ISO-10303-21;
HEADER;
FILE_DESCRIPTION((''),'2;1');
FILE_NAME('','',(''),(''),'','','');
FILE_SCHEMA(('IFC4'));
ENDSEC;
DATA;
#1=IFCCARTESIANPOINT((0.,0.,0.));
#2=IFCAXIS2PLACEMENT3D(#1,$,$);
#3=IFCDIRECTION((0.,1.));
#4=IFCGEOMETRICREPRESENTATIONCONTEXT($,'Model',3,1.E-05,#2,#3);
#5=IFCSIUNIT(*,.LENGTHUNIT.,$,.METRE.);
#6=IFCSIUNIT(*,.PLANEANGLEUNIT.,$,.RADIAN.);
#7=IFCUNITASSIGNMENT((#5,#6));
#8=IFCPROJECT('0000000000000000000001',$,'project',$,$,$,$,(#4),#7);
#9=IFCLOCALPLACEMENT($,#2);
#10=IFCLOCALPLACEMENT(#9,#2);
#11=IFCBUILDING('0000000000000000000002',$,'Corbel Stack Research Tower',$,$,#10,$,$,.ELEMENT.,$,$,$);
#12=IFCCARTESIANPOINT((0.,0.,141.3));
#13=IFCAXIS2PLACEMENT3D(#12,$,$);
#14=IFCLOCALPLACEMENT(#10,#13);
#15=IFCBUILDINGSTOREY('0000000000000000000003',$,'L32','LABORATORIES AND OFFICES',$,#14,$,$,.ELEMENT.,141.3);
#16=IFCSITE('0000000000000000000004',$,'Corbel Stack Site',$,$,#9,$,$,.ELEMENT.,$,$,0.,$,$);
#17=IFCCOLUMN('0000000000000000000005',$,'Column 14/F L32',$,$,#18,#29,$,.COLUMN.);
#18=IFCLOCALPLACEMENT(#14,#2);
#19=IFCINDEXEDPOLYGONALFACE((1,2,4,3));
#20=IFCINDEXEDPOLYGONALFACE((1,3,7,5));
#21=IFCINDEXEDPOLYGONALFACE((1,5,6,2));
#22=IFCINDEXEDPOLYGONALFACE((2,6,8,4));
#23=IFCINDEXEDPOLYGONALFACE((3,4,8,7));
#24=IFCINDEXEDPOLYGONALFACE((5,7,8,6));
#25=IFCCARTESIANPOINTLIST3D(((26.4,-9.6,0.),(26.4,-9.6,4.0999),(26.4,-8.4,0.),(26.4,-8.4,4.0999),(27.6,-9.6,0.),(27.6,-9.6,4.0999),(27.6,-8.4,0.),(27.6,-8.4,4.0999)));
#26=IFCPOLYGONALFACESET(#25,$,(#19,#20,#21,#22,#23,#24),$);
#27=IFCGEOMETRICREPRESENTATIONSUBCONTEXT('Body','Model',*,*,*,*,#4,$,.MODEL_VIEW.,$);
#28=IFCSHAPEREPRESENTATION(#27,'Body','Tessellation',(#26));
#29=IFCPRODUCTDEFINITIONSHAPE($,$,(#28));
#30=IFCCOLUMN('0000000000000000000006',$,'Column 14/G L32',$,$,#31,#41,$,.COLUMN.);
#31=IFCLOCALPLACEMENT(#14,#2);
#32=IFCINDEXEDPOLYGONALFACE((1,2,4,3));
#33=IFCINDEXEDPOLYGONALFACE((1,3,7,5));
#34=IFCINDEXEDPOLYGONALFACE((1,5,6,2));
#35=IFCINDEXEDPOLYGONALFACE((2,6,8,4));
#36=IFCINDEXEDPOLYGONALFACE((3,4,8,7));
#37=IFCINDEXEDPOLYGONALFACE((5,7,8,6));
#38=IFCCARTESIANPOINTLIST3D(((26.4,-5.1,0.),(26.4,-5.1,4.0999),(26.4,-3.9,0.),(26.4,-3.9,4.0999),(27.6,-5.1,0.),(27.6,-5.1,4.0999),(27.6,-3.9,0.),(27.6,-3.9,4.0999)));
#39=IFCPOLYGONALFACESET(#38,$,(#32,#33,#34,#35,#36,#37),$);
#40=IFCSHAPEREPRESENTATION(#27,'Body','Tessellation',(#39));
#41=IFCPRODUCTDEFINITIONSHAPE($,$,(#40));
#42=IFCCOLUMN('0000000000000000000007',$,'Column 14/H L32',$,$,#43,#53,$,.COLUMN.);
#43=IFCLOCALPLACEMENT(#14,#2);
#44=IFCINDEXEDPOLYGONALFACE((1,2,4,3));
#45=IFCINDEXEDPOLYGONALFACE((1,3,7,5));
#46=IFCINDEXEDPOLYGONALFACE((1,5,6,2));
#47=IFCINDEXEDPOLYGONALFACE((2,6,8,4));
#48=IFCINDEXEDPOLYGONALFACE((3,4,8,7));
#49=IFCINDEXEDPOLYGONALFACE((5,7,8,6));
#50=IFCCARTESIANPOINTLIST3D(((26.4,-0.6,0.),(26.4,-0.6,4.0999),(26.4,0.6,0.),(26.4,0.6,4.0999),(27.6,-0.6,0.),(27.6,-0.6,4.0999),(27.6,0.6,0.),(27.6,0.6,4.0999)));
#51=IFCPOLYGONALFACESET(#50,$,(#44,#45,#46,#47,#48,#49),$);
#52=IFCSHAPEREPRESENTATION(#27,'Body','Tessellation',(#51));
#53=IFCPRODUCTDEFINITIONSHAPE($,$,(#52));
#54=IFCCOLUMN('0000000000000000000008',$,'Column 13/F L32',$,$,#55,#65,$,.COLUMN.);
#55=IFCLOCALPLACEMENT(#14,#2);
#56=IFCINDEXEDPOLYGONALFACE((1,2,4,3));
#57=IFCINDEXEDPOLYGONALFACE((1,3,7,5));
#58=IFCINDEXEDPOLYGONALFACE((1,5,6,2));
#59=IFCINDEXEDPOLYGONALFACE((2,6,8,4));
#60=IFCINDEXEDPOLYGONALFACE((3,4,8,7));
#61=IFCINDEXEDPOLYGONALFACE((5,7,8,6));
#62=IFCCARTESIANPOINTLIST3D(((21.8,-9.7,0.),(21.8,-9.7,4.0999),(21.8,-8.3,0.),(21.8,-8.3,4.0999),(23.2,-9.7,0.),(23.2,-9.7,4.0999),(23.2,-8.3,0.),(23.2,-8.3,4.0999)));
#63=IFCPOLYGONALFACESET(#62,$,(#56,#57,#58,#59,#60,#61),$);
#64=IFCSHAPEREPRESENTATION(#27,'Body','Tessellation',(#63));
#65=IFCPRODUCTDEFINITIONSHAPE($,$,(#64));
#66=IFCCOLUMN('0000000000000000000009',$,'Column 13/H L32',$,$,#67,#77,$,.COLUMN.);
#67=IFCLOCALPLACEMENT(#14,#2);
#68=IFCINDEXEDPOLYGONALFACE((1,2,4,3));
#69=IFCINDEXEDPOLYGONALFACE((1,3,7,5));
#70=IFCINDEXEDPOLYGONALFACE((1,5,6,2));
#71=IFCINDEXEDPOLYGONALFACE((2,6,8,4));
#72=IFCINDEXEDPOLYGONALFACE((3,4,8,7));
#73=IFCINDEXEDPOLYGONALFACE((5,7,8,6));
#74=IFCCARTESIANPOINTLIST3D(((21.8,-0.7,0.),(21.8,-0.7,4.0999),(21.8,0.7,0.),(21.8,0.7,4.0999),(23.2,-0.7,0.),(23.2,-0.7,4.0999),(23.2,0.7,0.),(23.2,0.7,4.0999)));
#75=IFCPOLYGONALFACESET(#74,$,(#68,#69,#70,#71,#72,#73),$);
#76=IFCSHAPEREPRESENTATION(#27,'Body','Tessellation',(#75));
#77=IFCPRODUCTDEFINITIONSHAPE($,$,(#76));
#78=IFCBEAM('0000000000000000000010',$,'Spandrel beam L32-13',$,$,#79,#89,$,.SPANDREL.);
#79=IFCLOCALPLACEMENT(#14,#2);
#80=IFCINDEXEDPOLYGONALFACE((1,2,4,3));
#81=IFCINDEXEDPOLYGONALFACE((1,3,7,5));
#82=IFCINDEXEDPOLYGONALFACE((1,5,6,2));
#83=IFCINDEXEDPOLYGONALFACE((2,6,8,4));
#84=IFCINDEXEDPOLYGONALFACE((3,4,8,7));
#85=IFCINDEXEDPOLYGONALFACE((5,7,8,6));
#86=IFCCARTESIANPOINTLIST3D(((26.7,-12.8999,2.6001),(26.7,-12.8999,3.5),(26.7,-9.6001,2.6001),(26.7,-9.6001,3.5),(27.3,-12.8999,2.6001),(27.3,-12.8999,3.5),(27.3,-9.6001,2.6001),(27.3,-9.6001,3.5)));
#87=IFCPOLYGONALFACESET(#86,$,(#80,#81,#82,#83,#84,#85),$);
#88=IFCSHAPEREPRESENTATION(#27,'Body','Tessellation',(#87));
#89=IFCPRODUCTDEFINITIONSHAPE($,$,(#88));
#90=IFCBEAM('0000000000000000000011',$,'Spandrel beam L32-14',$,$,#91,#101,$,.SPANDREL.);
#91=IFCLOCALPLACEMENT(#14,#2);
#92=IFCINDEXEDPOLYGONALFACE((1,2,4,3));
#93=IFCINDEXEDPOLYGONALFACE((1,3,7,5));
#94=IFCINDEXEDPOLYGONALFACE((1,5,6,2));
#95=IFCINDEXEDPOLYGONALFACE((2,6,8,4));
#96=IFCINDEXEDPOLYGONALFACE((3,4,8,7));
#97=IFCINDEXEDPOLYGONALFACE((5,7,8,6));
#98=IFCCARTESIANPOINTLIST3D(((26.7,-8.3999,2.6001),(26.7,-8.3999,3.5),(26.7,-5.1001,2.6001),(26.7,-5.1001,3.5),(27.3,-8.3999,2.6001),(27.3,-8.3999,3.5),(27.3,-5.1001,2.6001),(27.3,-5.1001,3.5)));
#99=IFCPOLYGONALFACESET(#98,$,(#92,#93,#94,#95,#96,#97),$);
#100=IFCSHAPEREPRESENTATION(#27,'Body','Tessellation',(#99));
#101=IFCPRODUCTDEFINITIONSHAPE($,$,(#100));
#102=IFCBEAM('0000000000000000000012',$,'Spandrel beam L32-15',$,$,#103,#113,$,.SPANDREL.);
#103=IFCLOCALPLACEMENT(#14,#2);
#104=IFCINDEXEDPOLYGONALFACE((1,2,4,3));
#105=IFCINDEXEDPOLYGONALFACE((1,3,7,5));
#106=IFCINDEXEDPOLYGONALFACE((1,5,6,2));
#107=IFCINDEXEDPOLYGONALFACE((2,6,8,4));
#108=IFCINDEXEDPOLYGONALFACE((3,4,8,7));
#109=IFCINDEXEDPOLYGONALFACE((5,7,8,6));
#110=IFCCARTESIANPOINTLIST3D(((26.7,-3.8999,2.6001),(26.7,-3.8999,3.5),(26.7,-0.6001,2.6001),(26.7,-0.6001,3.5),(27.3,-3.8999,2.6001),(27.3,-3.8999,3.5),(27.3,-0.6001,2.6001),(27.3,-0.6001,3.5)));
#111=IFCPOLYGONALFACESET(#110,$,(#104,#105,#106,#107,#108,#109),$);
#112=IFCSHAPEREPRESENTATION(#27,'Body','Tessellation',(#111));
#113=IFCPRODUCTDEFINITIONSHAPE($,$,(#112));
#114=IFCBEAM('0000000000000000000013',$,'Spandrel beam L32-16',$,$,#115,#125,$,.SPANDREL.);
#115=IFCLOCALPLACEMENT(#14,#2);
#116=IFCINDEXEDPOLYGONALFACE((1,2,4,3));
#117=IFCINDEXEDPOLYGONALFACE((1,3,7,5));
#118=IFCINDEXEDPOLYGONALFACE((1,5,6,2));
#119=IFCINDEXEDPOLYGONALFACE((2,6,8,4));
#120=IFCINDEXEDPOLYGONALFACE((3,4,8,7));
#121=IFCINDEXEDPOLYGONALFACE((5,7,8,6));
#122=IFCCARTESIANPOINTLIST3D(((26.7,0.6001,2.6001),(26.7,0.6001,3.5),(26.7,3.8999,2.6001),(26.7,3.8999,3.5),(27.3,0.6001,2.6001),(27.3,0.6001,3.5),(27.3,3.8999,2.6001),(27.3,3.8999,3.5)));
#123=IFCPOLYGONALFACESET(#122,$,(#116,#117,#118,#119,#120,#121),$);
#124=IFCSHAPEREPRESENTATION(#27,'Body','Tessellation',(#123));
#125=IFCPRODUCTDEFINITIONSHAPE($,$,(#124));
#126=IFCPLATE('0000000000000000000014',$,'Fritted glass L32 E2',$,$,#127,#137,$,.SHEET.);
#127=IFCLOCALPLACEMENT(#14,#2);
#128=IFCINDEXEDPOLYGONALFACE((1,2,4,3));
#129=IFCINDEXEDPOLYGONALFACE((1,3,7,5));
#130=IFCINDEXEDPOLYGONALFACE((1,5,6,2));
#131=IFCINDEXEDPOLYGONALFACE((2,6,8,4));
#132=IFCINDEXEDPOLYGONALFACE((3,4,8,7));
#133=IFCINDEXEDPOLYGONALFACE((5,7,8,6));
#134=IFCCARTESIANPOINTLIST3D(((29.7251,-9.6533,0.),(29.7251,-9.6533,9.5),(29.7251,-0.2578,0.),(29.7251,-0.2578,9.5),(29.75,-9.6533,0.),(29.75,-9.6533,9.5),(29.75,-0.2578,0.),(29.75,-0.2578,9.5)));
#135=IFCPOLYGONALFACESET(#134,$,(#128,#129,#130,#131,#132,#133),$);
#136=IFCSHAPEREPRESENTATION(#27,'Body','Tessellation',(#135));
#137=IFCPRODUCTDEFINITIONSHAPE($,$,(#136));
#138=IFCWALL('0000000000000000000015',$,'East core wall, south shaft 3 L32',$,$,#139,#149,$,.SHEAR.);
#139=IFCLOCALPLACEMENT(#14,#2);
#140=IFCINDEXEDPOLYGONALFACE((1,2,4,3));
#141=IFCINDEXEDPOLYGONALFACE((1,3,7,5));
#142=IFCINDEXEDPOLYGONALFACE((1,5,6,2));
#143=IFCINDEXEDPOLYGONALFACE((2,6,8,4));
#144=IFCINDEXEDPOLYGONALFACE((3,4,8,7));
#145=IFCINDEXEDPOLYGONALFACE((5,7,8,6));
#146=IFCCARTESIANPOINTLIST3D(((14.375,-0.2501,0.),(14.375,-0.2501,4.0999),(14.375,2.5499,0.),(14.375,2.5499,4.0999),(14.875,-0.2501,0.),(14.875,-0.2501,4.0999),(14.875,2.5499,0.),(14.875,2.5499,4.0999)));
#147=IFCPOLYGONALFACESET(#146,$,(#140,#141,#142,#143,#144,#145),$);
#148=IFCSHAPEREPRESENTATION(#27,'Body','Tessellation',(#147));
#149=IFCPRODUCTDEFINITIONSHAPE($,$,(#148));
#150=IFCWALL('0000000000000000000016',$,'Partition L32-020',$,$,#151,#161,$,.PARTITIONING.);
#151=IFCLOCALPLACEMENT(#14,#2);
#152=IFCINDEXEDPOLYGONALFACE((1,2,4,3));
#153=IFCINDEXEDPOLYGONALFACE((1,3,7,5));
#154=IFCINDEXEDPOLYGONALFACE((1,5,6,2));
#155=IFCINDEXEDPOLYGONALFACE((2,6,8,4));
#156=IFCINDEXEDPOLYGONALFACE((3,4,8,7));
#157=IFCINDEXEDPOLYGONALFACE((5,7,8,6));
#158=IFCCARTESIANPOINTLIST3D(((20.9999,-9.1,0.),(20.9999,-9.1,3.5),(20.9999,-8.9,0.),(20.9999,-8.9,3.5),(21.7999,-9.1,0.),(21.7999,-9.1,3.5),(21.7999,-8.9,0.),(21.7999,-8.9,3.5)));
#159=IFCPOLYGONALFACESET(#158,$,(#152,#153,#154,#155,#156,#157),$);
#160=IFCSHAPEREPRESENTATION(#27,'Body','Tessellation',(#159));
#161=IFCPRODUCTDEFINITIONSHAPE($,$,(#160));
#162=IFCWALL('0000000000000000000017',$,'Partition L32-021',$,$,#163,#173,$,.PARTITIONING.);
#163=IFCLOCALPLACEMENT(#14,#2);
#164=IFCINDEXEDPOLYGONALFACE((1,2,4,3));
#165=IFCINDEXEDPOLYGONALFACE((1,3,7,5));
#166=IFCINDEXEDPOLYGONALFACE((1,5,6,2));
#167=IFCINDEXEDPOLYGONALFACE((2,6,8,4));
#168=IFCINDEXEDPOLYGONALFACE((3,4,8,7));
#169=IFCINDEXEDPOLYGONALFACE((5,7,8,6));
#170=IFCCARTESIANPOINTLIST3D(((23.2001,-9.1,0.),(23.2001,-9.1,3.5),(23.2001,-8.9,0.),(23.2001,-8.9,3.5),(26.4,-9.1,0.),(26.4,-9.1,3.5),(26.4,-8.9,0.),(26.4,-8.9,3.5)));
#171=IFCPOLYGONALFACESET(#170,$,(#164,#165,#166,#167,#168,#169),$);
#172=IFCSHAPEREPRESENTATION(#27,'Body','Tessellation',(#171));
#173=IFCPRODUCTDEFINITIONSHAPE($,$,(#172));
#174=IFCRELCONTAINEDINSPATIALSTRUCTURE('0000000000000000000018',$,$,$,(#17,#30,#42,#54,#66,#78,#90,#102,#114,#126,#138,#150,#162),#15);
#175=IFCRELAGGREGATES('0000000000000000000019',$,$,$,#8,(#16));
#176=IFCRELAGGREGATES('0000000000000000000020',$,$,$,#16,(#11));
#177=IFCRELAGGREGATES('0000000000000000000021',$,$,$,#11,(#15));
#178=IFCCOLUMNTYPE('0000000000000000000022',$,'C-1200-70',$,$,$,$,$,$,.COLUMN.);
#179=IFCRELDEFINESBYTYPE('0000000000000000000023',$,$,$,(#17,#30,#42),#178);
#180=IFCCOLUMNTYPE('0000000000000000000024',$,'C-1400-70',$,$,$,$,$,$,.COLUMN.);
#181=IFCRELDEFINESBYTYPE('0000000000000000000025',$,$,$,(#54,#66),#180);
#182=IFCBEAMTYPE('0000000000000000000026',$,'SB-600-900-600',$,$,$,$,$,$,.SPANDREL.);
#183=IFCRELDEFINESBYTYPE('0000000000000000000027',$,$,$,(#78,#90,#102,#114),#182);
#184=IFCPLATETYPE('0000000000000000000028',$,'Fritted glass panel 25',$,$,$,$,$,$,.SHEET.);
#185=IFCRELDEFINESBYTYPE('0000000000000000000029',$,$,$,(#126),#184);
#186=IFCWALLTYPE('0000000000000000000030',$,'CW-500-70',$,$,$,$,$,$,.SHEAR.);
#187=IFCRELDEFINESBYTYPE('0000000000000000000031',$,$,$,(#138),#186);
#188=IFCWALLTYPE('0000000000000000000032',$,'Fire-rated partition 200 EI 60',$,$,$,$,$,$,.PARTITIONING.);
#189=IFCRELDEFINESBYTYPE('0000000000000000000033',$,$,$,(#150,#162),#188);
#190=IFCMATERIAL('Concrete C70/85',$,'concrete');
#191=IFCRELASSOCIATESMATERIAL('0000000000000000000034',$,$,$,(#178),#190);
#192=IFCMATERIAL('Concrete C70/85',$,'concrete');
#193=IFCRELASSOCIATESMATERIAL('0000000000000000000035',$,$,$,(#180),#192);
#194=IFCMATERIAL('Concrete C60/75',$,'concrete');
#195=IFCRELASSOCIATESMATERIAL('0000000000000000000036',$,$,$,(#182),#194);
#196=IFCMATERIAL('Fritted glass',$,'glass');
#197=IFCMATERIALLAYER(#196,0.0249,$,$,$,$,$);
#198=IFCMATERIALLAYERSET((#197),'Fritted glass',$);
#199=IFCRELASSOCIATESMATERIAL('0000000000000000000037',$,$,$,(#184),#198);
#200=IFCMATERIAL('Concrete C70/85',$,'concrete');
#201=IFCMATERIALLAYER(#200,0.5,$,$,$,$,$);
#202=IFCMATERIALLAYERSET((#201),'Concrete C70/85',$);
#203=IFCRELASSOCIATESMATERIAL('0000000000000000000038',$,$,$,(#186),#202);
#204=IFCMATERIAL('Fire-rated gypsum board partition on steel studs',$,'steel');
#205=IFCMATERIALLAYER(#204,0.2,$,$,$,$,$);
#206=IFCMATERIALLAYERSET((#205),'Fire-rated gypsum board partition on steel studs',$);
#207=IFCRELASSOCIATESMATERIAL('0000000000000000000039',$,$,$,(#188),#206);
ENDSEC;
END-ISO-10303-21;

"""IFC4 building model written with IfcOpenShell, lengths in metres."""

from ifc_helpers import new_model, si_unit, direction, frame, frame_2d, origin, origin_2d, place, context, subcontext, project, spatial, rectangle, extrude, material, layer, layer_set, material_profile, profile_set, type_object, element, save


model = new_model("IFC4")

# Units and contexts
model_context = context("Model", 3, precision=1e-05, world=origin(), true_north=direction((0.0, 1.0)))
body_context = subcontext(model_context, "Body", "Model", "MODEL_VIEW")
ifc_project = project(units=[si_unit("LENGTHUNIT", "METRE"), si_unit("PLANEANGLEUNIT", "RADIAN")], contexts=[model_context])

# Site, building, storey
site_placement = place(None, origin())
site = spatial("IfcSite", under=ifc_project, at=site_placement, Name="Corbel Stack Site", CompositionType="ELEMENT", RefElevation=0.0)
building_placement = place(site_placement, origin())
building = spatial("IfcBuilding", under=site, at=building_placement, Name="Corbel Stack Research Tower", CompositionType="ELEMENT")
storey_placement = place(building_placement, frame((0.0, 0.0, 141.3)))
storey = spatial("IfcBuildingStorey", under=building, at=storey_placement, Name="L32", Description="LABORATORIES AND OFFICES", CompositionType="ELEMENT", Elevation=141.3)

# Columns
ifc_material_1 = material(Name="Concrete C70/85", Category="concrete")
ifc_material_profile_1 = material_profile(ifc_material_1, rectangle(XDim=1.2, YDim=1.2, at=origin_2d()), Name="RC 1200 x 1200")
ifc_profile_set_1 = profile_set([ifc_material_profile_1], Name="Concrete C70/85")
column_type_1 = type_object("IfcColumnType", Name="C-1200-70", PredefinedType="COLUMN", material=ifc_profile_set_1)
for number, where, z_axis, x_axis, name in (
    (1, (27.0, -9.0, 0.0), (0.0, 0.0, 1.0), (1.0, 0.0, 0.0), "Column 14/F L32"),
    (2, (27.0, -4.5, 0.0), (0.0, 0.0, 1.0), (1.0, 0.0, 0.0), "Column 14/G L32"),
    (3, (27.0, 0.0, 0.0), (0.0, 0.0, 1.0), (1.0, 0.0, 0.0), "Column 14/H L32"),
):
    element("IfcColumn", number, at=place(storey_placement, frame(where, z_axis=z_axis, x_axis=x_axis)), inside=storey, type_object=column_type_1, Name=name, PredefinedType="COLUMN", context=body_context, shape_type="SweptSolid", body=[
        extrude(rectangle(XDim=1.2, YDim=1.2, at=origin_2d()), origin(), (0.0, 0.0, 1.0), 4.0999),
    ])
ifc_material_2 = material(Name="Concrete C70/85", Category="concrete")
ifc_material_profile_2 = material_profile(ifc_material_2, rectangle(XDim=1.3999, YDim=1.3999, at=origin_2d()), Name="RC 1400 x 1400")
ifc_profile_set_2 = profile_set([ifc_material_profile_2], Name="Concrete C70/85")
column_type_2 = type_object("IfcColumnType", Name="C-1400-70", PredefinedType="COLUMN", material=ifc_profile_set_2)
for number, where, z_axis, x_axis, name in (
    (4, (22.5, -9.0, 0.0), (0.0, 0.0, 1.0), (1.0, 0.0, 0.0), "Column 13/F L32"),
    (5, (22.5, 0.0, 0.0), (0.0, 0.0, 1.0), (1.0, 0.0, 0.0), "Column 13/H L32"),
):
    element("IfcColumn", number, at=place(storey_placement, frame(where, z_axis=z_axis, x_axis=x_axis)), inside=storey, type_object=column_type_2, Name=name, PredefinedType="COLUMN", context=body_context, shape_type="SweptSolid", body=[
        extrude(rectangle(XDim=1.3999, YDim=1.3999, at=origin_2d()), origin(), (0.0, 0.0, 1.0), 4.0999),
    ])

# Beams
ifc_material_3 = material(Name="Concrete C60/75", Category="concrete")
ifc_material_profile_3 = material_profile(ifc_material_3, rectangle(XDim=0.6001, YDim=0.8999, at=origin_2d()), Name="RC 600 x 900")
ifc_profile_set_3 = profile_set([ifc_material_profile_3], Name="Concrete C60/75")
beam_type = type_object("IfcBeamType", Name="SB-600-900-600", PredefinedType="SPANDREL", material=ifc_profile_set_3)
for number, where, z_axis, x_axis, name in (
    (6, (27.0, -12.8999, 3.05), (0.0, 1.0, 0.0), (-1.0, 0.0, 0.0), "Spandrel beam L32-13"),
    (7, (27.0, -8.3999, 3.05), (0.0, 1.0, 0.0), (-1.0, 0.0, 0.0), "Spandrel beam L32-14"),
    (8, (27.0, -3.8999, 3.05), (0.0, 1.0, 0.0), (-1.0, 0.0, 0.0), "Spandrel beam L32-15"),
    (9, (27.0, 0.6001, 3.05), (0.0, 1.0, 0.0), (-1.0, 0.0, 0.0), "Spandrel beam L32-16"),
):
    element("IfcBeam", number, at=place(storey_placement, frame(where, z_axis=z_axis, x_axis=x_axis)), inside=storey, type_object=beam_type, Name=name, PredefinedType="SPANDREL", context=body_context, shape_type="SweptSolid", body=[
        extrude(rectangle(XDim=0.6001, YDim=0.8999, at=origin_2d()), origin(), (0.0, 0.0, 1.0), 3.2998),
    ])

# Plate
ifc_material_4 = material(Name="Fritted glass", Category="glass")
ifc_layer_1 = layer(ifc_material_4, 0.0249)
ifc_layer_set_1 = layer_set([ifc_layer_1], Name="Fritted glass")
plate_type = type_object("IfcPlateType", Name="Fritted glass panel 25", PredefinedType="SHEET", material=ifc_layer_set_1)
plate_placement = place(storey_placement, frame((29.7375, -4.9556, 0.0), z_axis=(0.0, 0.0, 1.0), x_axis=(0.0, 1.0, 0.0)))
element("IfcPlate", 10, at=plate_placement, inside=storey, type_object=plate_type, Name="Fritted glass L32 E2", PredefinedType="SHEET", context=body_context, shape_type="SweptSolid", body=[
    extrude(rectangle(XDim=9.3955, YDim=0.0249, at=origin_2d()), origin(), (0.0, 0.0, 1.0), 9.5),
])

# Wall
ifc_material_5 = material(Name="Concrete C70/85", Category="concrete")
ifc_layer_2 = layer(ifc_material_5, 0.5)
ifc_layer_set_2 = layer_set([ifc_layer_2], Name="Concrete C70/85")
wall_type_1 = type_object("IfcWallType", Name="CW-500-70", PredefinedType="SHEAR", material=ifc_layer_set_2)
wall_1_placement = place(storey_placement, frame((14.625, -0.25, 0.0), z_axis=(0.0, 0.0, 1.0), x_axis=(0.0, 1.0, 0.0)))
element("IfcWall", 11, at=wall_1_placement, inside=storey, type_object=wall_type_1, Name="East core wall, south shaft 3 L32", PredefinedType="SHEAR", context=body_context, shape_type="SweptSolid", body=[
    extrude(rectangle(XDim=2.8, YDim=0.5, at=frame_2d((1.3999, 0.0))), origin(), (0.0, 0.0, 1.0), 4.0999),
])

# Walls
ifc_material_6 = material(Name="Fire-rated gypsum board partition on steel studs", Category="steel")
ifc_layer_3 = layer(ifc_material_6, 0.2)
ifc_layer_set_3 = layer_set([ifc_layer_3], Name="Fire-rated gypsum board partition on steel studs")
wall_type_2 = type_object("IfcWallType", Name="Fire-rated partition 200 EI 60", PredefinedType="PARTITIONING", material=ifc_layer_set_3)
wall_2_placement = place(storey_placement, frame((21.0, -9.0, 0.0), z_axis=(0.0, 0.0, 1.0), x_axis=(1.0, 0.0, 0.0)))
element("IfcWall", 12, at=wall_2_placement, inside=storey, type_object=wall_type_2, Name="Partition L32-020", PredefinedType="PARTITIONING", context=body_context, shape_type="SweptSolid", body=[
    extrude(rectangle(XDim=0.8, YDim=0.2, at=frame_2d((0.3999, 0.0))), origin(), (0.0, 0.0, 1.0), 3.5),
])
wall_3_placement = place(storey_placement, frame((23.2, -9.0, 0.0), z_axis=(0.0, 0.0, 1.0), x_axis=(1.0, 0.0, 0.0)))
element("IfcWall", 13, at=wall_3_placement, inside=storey, type_object=wall_type_2, Name="Partition L32-021", PredefinedType="PARTITIONING", context=body_context, shape_type="SweptSolid", body=[
    extrude(rectangle(XDim=3.2, YDim=0.2, at=frame_2d((1.6001, 0.0))), origin(), (0.0, 0.0, 1.0), 3.5),
])

save(model, "model.ifc")
